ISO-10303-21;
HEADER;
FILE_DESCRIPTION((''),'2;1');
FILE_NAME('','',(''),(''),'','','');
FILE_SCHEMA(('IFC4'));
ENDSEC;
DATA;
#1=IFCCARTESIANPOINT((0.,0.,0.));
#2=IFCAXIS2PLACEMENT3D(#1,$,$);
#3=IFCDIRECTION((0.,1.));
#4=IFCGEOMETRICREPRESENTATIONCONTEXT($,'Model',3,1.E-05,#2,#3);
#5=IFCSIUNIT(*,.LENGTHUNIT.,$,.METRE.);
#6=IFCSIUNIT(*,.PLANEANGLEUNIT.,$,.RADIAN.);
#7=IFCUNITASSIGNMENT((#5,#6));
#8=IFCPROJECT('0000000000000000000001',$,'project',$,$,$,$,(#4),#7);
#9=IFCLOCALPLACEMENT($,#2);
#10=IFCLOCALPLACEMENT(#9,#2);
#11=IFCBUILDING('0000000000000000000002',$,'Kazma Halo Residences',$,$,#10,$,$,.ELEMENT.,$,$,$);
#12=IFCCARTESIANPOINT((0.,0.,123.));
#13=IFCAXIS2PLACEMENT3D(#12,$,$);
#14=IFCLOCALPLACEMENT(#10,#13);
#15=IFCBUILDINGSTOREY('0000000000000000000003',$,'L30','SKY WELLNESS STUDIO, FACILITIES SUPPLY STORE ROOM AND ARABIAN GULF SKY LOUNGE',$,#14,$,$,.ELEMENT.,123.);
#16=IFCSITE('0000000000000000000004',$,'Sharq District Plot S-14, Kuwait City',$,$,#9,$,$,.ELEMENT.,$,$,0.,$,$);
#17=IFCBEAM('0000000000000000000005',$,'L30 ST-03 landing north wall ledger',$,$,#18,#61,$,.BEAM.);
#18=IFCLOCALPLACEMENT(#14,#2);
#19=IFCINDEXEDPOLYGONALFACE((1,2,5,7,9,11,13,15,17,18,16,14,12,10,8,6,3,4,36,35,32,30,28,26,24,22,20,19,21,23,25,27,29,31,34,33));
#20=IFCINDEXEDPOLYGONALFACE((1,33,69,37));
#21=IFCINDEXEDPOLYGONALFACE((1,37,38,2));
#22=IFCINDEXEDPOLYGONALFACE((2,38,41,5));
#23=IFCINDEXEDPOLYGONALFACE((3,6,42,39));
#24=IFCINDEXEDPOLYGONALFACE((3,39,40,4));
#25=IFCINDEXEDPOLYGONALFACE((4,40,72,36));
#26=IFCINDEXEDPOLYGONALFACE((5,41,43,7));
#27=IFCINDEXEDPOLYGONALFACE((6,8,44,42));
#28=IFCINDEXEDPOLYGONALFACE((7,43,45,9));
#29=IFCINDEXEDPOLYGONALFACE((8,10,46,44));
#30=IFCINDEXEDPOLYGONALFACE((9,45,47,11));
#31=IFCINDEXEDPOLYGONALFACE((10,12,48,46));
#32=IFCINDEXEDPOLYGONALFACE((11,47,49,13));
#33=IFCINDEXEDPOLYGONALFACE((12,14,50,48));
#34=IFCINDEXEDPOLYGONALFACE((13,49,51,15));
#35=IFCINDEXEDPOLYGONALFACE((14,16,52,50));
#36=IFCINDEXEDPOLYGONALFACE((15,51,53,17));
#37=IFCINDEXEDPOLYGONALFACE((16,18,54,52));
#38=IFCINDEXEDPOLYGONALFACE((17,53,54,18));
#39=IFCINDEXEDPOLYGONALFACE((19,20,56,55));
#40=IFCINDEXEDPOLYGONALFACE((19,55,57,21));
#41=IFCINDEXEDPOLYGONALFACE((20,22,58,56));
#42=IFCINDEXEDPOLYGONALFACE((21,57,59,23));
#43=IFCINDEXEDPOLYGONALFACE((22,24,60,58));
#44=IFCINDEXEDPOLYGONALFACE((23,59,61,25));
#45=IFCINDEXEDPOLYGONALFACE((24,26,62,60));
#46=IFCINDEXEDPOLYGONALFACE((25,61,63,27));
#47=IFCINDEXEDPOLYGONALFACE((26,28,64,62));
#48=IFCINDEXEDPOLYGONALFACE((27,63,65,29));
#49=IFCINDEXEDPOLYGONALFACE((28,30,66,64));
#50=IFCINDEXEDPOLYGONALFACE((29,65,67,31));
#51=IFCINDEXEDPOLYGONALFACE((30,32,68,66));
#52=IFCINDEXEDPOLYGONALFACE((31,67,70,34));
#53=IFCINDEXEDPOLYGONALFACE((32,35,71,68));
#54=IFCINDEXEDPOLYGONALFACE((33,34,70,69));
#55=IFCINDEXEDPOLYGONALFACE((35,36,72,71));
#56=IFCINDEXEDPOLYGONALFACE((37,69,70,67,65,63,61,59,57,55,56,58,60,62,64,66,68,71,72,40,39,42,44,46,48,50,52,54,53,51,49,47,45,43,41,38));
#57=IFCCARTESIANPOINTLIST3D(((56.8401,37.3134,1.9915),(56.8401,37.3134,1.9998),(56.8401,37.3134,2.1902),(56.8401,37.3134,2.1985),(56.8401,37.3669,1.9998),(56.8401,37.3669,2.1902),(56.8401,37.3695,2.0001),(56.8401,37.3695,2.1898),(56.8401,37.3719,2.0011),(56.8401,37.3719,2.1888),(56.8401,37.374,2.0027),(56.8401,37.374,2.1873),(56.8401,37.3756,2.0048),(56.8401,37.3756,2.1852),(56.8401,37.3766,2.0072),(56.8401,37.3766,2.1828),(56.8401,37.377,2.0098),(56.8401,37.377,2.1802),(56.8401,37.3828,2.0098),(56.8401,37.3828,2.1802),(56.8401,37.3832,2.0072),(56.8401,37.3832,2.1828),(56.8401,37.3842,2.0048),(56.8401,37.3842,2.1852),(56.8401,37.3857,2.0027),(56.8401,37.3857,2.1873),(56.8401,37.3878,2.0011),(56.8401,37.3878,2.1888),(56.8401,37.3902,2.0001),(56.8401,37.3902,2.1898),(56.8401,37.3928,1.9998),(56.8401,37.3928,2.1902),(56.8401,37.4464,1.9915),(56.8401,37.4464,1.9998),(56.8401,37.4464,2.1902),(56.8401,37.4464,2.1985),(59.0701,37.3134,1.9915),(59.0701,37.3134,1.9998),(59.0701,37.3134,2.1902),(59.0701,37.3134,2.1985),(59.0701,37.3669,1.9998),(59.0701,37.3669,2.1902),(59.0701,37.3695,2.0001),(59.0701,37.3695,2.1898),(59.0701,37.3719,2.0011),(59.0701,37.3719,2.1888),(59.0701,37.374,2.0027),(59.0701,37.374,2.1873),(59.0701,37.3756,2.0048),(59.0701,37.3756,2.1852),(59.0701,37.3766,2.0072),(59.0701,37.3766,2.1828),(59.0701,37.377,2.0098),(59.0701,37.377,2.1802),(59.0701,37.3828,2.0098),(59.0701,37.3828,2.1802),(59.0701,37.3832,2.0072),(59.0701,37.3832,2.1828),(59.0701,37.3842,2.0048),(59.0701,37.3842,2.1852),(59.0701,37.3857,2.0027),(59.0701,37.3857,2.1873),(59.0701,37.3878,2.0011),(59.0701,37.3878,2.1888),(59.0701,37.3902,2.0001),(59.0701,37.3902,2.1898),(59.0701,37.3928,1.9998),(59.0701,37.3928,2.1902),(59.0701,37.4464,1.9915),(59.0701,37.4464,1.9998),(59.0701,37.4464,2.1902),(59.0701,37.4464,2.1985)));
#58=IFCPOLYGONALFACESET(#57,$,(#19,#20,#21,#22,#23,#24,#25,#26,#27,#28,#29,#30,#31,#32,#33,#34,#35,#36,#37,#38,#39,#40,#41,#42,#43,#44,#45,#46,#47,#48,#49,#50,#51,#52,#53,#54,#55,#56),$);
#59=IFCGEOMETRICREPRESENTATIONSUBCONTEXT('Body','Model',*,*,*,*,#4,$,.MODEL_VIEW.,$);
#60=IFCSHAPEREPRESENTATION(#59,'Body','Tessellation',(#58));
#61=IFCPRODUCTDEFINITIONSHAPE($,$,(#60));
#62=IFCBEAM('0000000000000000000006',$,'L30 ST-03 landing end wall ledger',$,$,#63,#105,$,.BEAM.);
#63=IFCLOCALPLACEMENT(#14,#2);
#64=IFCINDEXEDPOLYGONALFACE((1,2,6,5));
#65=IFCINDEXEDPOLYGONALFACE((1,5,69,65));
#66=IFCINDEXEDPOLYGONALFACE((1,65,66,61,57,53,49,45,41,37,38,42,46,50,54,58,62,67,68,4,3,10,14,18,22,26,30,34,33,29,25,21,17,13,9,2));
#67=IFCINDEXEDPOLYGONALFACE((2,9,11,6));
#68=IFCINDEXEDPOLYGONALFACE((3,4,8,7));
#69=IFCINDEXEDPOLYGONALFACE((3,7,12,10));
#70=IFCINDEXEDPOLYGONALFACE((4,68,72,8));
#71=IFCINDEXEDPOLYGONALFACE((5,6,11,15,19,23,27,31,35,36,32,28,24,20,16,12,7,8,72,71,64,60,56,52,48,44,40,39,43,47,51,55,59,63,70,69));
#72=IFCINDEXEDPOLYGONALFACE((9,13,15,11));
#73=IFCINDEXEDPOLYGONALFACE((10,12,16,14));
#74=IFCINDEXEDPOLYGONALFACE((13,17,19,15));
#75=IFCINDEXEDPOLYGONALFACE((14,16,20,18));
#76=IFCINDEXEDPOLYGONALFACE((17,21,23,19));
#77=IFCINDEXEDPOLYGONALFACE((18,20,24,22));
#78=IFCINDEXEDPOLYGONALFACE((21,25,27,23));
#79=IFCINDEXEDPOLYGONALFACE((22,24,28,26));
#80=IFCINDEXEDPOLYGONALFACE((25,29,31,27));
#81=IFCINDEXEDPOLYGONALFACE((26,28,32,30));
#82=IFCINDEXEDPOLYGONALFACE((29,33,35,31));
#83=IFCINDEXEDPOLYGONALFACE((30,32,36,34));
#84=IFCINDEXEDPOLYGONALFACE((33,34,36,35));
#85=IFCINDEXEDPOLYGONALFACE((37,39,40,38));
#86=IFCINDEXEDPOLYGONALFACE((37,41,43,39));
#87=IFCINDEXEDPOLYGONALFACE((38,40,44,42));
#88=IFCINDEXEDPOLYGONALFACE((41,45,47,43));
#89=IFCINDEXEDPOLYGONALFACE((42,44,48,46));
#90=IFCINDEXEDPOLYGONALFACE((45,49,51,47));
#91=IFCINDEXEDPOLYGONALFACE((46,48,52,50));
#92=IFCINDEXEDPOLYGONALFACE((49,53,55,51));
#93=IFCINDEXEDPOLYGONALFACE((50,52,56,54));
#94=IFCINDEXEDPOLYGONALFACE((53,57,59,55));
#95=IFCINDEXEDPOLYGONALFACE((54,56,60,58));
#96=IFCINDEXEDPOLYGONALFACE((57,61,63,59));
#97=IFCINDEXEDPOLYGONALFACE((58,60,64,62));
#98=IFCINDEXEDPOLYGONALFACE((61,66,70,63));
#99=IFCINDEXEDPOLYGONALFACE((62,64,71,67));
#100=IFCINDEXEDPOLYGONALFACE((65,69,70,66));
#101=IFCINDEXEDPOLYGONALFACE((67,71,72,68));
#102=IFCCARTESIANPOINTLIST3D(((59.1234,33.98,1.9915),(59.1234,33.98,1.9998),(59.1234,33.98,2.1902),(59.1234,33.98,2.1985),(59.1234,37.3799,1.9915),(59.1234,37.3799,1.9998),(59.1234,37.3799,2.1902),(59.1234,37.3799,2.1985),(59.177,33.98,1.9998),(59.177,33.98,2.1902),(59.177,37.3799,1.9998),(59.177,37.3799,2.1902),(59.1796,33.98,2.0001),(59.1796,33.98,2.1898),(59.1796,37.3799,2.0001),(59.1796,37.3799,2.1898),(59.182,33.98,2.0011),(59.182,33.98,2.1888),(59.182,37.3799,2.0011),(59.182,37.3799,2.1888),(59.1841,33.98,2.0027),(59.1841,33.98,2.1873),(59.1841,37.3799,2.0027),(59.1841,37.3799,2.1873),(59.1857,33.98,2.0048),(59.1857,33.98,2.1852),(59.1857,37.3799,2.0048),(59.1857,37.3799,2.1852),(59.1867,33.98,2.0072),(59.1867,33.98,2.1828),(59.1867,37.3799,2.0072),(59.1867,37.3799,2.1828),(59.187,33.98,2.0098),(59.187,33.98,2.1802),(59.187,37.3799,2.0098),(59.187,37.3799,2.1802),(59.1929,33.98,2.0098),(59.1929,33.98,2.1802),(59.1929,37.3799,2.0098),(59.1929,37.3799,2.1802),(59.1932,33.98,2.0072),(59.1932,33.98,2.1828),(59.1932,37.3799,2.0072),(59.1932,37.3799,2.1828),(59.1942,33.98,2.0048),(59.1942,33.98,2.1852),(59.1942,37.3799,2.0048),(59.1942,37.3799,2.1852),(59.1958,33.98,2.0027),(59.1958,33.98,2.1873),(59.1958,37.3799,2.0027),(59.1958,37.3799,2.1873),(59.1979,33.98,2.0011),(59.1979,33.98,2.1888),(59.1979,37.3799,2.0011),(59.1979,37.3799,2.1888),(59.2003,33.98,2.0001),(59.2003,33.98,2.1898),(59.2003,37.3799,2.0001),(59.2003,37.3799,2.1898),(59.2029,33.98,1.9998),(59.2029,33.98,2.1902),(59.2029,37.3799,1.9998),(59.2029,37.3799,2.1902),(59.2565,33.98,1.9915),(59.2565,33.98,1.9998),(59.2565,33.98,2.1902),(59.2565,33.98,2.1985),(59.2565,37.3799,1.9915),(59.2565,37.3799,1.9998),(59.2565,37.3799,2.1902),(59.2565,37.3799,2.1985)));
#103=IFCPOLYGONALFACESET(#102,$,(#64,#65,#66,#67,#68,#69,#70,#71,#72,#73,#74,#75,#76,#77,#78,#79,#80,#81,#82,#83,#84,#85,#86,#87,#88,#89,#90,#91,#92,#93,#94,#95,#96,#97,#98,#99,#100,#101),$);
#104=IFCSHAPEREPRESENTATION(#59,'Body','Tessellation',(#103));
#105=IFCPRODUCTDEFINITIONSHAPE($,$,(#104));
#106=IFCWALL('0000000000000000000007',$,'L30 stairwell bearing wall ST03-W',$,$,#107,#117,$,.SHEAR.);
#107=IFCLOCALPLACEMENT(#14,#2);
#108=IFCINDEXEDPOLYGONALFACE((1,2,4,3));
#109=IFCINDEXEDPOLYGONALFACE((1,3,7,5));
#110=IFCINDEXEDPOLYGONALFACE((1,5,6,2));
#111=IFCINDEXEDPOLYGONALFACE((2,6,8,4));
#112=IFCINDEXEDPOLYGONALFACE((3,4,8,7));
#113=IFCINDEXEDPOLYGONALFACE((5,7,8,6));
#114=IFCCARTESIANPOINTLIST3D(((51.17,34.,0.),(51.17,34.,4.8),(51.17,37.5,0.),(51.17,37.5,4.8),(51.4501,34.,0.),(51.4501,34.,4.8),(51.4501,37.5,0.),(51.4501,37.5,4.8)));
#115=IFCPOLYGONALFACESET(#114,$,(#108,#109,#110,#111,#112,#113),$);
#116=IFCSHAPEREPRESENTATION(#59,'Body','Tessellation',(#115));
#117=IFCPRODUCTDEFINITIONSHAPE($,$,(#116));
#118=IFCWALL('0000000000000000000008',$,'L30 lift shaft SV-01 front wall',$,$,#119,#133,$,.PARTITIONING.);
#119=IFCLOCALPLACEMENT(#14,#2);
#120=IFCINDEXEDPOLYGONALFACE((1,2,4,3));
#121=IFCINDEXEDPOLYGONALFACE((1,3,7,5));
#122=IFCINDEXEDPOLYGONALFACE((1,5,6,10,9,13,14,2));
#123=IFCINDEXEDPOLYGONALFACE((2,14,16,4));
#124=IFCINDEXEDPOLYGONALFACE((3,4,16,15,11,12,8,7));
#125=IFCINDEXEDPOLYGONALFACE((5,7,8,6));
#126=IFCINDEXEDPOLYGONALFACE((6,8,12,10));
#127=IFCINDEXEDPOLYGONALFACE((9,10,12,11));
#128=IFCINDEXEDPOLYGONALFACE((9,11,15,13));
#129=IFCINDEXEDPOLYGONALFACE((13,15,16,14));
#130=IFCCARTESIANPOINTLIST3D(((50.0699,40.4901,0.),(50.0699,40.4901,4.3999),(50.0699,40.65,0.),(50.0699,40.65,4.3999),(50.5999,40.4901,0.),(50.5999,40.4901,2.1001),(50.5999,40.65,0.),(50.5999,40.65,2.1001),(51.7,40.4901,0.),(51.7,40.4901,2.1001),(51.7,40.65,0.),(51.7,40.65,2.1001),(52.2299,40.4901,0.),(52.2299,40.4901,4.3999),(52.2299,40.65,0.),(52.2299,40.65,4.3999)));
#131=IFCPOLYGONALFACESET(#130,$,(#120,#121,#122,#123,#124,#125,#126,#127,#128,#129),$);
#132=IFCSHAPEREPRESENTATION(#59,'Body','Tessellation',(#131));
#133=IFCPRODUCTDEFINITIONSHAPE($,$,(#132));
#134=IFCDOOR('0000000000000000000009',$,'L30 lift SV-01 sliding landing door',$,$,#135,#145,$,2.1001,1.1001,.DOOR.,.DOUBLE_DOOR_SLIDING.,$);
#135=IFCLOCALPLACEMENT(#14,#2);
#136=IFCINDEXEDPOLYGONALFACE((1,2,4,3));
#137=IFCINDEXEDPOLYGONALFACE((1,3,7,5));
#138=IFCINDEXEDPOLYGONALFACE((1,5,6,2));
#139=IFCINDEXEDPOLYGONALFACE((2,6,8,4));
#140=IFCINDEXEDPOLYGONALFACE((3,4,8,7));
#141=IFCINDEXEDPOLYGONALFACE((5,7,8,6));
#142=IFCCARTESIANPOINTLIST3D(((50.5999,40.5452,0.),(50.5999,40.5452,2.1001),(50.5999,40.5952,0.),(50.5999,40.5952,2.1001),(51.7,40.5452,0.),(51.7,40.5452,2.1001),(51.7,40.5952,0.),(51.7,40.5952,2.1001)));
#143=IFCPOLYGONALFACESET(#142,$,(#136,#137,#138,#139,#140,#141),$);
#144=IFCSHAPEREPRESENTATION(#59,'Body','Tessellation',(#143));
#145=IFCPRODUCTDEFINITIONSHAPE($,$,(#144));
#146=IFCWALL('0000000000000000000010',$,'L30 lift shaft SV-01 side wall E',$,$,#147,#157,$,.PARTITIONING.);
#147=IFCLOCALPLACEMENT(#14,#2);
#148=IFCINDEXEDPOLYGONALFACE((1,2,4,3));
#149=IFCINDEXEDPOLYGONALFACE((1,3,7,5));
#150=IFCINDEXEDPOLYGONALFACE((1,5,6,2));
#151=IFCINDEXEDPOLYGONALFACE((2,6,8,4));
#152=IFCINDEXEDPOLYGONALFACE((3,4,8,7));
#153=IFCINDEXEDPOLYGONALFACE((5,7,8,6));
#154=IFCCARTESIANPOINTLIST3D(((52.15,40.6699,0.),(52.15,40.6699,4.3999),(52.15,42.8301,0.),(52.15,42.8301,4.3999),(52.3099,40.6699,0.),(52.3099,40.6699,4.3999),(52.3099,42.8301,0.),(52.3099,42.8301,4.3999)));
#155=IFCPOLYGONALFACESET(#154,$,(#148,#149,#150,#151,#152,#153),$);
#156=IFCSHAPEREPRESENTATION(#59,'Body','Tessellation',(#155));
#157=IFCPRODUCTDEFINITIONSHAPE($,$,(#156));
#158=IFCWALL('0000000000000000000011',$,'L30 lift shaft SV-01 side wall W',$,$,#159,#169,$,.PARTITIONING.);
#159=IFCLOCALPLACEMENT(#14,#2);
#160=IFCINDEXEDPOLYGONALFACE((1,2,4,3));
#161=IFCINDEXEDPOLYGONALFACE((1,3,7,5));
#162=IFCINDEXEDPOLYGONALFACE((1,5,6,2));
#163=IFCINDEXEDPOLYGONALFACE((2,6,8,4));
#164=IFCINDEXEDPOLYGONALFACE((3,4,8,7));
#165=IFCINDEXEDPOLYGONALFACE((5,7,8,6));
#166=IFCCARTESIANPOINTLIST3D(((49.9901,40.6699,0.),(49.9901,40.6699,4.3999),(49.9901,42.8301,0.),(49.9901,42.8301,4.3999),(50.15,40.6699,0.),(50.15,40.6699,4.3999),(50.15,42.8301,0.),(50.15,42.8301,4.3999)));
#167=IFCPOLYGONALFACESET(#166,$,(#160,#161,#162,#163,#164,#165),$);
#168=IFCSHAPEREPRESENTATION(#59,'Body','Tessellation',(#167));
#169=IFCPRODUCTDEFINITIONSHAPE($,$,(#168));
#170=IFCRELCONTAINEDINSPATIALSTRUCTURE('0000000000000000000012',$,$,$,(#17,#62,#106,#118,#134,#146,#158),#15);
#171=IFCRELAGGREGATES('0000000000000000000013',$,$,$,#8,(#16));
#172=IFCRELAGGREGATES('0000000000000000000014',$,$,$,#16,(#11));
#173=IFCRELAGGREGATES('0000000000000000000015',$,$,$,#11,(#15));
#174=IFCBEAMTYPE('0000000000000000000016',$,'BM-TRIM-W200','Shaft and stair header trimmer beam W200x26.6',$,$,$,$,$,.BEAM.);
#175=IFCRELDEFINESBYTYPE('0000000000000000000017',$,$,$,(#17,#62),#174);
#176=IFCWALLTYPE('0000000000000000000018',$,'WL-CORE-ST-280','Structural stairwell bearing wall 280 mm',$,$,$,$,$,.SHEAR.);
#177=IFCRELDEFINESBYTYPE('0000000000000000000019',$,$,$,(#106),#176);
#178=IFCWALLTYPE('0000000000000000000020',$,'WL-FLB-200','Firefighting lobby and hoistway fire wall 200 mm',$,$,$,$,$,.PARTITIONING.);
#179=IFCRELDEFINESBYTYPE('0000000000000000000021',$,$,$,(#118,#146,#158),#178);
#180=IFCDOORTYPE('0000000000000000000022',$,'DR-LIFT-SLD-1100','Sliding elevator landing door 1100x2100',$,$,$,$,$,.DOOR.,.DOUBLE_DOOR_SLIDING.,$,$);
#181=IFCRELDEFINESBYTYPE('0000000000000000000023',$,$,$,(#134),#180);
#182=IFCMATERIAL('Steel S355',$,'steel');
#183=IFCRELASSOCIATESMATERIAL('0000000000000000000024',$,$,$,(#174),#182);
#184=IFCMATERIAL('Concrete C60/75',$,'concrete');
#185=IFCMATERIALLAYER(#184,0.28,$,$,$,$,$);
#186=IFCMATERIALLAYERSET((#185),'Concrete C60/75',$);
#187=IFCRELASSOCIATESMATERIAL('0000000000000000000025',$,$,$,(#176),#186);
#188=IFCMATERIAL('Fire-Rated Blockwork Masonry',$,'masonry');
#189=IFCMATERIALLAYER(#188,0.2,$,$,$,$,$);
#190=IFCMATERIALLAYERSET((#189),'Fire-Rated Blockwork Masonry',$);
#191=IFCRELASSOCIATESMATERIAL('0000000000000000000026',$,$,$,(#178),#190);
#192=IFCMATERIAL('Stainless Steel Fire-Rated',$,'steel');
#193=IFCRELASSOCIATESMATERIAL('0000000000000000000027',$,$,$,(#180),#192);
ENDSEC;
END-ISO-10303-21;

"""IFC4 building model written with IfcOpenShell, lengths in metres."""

from ifc_helpers import new_model, si_unit, direction, frame, frame_2d, origin, origin_2d, place, context, subcontext, project, spatial, rectangle, i_section, extrude, material, layer, layer_set, material_profile, profile_set, type_object, element, fill, save


model = new_model("IFC4")

# Units and contexts
model_context = context("Model", 3, precision=1e-05, world=origin(), true_north=direction((0.0, 1.0)))
body_context = subcontext(model_context, "Body", "Model", "MODEL_VIEW")
ifc_project = project(units=[si_unit("LENGTHUNIT", "METRE"), si_unit("PLANEANGLEUNIT", "RADIAN")], contexts=[model_context])

# Site, building, storey
site_placement = place(None, origin())
site = spatial("IfcSite", under=ifc_project, at=site_placement, Name="Sharq District Plot S-14, Kuwait City", CompositionType="ELEMENT", RefElevation=0.0)
building_placement = place(site_placement, origin())
building = spatial("IfcBuilding", under=site, at=building_placement, Name="Kazma Halo Residences", CompositionType="ELEMENT")
storey_placement = place(building_placement, frame((0.0, 0.0, 123.0)))
storey = spatial("IfcBuildingStorey", under=building, at=storey_placement, Name="L30", Description="SKY WELLNESS STUDIO, FACILITIES SUPPLY STORE ROOM AND ARABIAN GULF SKY LOUNGE", CompositionType="ELEMENT", Elevation=123.0)

# Shared definitions
ifc_material_1 = material(Name="Steel S355", Category="steel")

# Beams
ifc_material_profile_1 = material_profile(ifc_material_1, i_section(OverallWidth=0.1331, OverallDepth=0.207, WebThickness=0.0059, FlangeThickness=0.0083, FilletRadius=0.01, at=origin_2d()), Name="W200x26.6")
ifc_profile_set_1 = profile_set([ifc_material_profile_1], Name="Steel S355")
beam_type = type_object("IfcBeamType", Name="BM-TRIM-W200", Description="Shaft and stair header trimmer beam W200x26.6", PredefinedType="BEAM", material=ifc_profile_set_1)
beam_1_placement = place(storey_placement, frame((56.8401, 37.3799, 2.095), z_axis=(1.0, 0.0, 0.0), x_axis=(0.0, 1.0, 0.0)))
element("IfcBeam", 1, at=beam_1_placement, inside=storey, type_object=beam_type, Name="L30 ST-03 landing north wall ledger", PredefinedType="BEAM", context=body_context, shape_type="SweptSolid", body=[
    extrude(i_section(OverallWidth=0.1331, OverallDepth=0.207, WebThickness=0.0059, FlangeThickness=0.0083, FilletRadius=0.01, at=origin_2d()), origin(), (0.0, 0.0, 1.0), 2.23),
])
beam_2_placement = place(storey_placement, frame((59.1899, 33.98, 2.095), z_axis=(0.0, 1.0, 0.0), x_axis=(-1.0, 0.0, 0.0)))
element("IfcBeam", 2, at=beam_2_placement, inside=storey, type_object=beam_type, Name="L30 ST-03 landing end wall ledger", PredefinedType="BEAM", context=body_context, shape_type="SweptSolid", body=[
    extrude(i_section(OverallWidth=0.1331, OverallDepth=0.207, WebThickness=0.0059, FlangeThickness=0.0083, FilletRadius=0.01, at=origin_2d()), origin(), (0.0, 0.0, 1.0), 3.3999),
])

# Wall
ifc_material_2 = material(Name="Concrete C60/75", Category="concrete")
ifc_layer_1 = layer(ifc_material_2, 0.28)
ifc_layer_set_1 = layer_set([ifc_layer_1], Name="Concrete C60/75")
wall_type_1 = type_object("IfcWallType", Name="WL-CORE-ST-280", Description="Structural stairwell bearing wall 280 mm", PredefinedType="SHEAR", material=ifc_layer_set_1)
wall_1_placement = place(storey_placement, frame((51.3101, 34.0, 0.0), z_axis=(0.0, 0.0, 1.0), x_axis=(0.0, 1.0, 0.0)))
element("IfcWall", 3, at=wall_1_placement, inside=storey, type_object=wall_type_1, Name="L30 stairwell bearing wall ST03-W", PredefinedType="SHEAR", context=body_context, shape_type="SweptSolid", body=[
    extrude(rectangle(XDim=3.5, YDim=0.28, at=frame_2d((1.75, 0.0))), origin(), (0.0, 0.0, 1.0), 4.8),
])

# Wall, opening, door
ifc_material_3 = material(Name="Fire-Rated Blockwork Masonry", Category="masonry")
ifc_layer_2 = layer(ifc_material_3, 0.2)
ifc_layer_set_2 = layer_set([ifc_layer_2], Name="Fire-Rated Blockwork Masonry")
wall_type_2 = type_object("IfcWallType", Name="WL-FLB-200", Description="Firefighting lobby and hoistway fire wall 200 mm", PredefinedType="PARTITIONING", material=ifc_layer_set_2)
wall_2_placement = place(storey_placement, frame((52.23, 40.5701, 0.0), z_axis=(0.0, 0.0, 1.0), x_axis=(-1.0, 0.0, 0.0)))
wall_2 = element("IfcWall", 4, at=wall_2_placement, inside=storey, type_object=wall_type_2, Name="L30 lift shaft SV-01 front wall", PredefinedType="PARTITIONING", context=body_context, shape_type="SweptSolid", body=[
    extrude(rectangle(XDim=2.1599, YDim=0.1599, at=frame_2d((1.0801, 0.0))), origin(), (0.0, 0.0, 1.0), 4.3999),
])
opening_1_placement = place(wall_2_placement, frame((0.53, 0.0, 0.0)))
opening_1 = element("IfcOpeningElement", 5, at=opening_1_placement, cuts=wall_2, PredefinedType="OPENING", context=body_context, shape_type="SweptSolid", body=[
    extrude(rectangle(XDim=1.1001, YDim=2.1001, at=frame_2d((0.55, 1.05))), frame((0.0, 0.0898, 0.0), z_axis=(0.0, -1.0, 0.0), x_axis=(1.0, 0.0, 0.0)), (0.0, 0.0, 1.0), 0.1799),
])
ifc_material_4 = material(Name="Stainless Steel Fire-Rated", Category="steel")
door_type_1 = type_object("IfcDoorType", Name="DR-LIFT-SLD-1100", Description="Sliding elevator landing door 1100x2100", OperationType="DOUBLE_DOOR_SLIDING", PredefinedType="DOOR", material=ifc_material_4)
door_1_placement = place(opening_1_placement, origin())
door_1 = element("IfcDoor", 6, at=door_1_placement, inside=storey, type_object=door_type_1, Name="L30 lift SV-01 sliding landing door", OperationType="DOUBLE_DOOR_SLIDING", OverallHeight=2.1001, OverallWidth=1.1001, PredefinedType="DOOR", context=body_context, shape_type="SweptSolid", body=[
    extrude(rectangle(XDim=1.1001, YDim=2.1001, at=frame_2d((0.55, 1.05))), frame((0.0, 0.0249, 0.0), z_axis=(0.0, -1.0, 0.0), x_axis=(1.0, 0.0, 0.0)), (0.0, 0.0, 1.0), 0.05),
])
fill(opening_1, door_1)

# Walls
for number, where, z_axis, x_axis, name in (
    (7, (52.23, 40.6699, 0.0), (0.0, 0.0, 1.0), (0.0, 1.0, 0.0), "L30 lift shaft SV-01 side wall E"),
    (8, (50.0701, 40.6699, 0.0), (0.0, 0.0, 1.0), (0.0, 1.0, 0.0), "L30 lift shaft SV-01 side wall W"),
):
    element("IfcWall", number, at=place(storey_placement, frame(where, z_axis=z_axis, x_axis=x_axis)), inside=storey, type_object=wall_type_2, Name=name, PredefinedType="PARTITIONING", context=body_context, shape_type="SweptSolid", body=[
        extrude(rectangle(XDim=2.1602, YDim=0.1599, at=frame_2d((1.0801, 0.0))), origin(), (0.0, 0.0, 1.0), 4.3999),
    ])

save(model, "model.ifc")
